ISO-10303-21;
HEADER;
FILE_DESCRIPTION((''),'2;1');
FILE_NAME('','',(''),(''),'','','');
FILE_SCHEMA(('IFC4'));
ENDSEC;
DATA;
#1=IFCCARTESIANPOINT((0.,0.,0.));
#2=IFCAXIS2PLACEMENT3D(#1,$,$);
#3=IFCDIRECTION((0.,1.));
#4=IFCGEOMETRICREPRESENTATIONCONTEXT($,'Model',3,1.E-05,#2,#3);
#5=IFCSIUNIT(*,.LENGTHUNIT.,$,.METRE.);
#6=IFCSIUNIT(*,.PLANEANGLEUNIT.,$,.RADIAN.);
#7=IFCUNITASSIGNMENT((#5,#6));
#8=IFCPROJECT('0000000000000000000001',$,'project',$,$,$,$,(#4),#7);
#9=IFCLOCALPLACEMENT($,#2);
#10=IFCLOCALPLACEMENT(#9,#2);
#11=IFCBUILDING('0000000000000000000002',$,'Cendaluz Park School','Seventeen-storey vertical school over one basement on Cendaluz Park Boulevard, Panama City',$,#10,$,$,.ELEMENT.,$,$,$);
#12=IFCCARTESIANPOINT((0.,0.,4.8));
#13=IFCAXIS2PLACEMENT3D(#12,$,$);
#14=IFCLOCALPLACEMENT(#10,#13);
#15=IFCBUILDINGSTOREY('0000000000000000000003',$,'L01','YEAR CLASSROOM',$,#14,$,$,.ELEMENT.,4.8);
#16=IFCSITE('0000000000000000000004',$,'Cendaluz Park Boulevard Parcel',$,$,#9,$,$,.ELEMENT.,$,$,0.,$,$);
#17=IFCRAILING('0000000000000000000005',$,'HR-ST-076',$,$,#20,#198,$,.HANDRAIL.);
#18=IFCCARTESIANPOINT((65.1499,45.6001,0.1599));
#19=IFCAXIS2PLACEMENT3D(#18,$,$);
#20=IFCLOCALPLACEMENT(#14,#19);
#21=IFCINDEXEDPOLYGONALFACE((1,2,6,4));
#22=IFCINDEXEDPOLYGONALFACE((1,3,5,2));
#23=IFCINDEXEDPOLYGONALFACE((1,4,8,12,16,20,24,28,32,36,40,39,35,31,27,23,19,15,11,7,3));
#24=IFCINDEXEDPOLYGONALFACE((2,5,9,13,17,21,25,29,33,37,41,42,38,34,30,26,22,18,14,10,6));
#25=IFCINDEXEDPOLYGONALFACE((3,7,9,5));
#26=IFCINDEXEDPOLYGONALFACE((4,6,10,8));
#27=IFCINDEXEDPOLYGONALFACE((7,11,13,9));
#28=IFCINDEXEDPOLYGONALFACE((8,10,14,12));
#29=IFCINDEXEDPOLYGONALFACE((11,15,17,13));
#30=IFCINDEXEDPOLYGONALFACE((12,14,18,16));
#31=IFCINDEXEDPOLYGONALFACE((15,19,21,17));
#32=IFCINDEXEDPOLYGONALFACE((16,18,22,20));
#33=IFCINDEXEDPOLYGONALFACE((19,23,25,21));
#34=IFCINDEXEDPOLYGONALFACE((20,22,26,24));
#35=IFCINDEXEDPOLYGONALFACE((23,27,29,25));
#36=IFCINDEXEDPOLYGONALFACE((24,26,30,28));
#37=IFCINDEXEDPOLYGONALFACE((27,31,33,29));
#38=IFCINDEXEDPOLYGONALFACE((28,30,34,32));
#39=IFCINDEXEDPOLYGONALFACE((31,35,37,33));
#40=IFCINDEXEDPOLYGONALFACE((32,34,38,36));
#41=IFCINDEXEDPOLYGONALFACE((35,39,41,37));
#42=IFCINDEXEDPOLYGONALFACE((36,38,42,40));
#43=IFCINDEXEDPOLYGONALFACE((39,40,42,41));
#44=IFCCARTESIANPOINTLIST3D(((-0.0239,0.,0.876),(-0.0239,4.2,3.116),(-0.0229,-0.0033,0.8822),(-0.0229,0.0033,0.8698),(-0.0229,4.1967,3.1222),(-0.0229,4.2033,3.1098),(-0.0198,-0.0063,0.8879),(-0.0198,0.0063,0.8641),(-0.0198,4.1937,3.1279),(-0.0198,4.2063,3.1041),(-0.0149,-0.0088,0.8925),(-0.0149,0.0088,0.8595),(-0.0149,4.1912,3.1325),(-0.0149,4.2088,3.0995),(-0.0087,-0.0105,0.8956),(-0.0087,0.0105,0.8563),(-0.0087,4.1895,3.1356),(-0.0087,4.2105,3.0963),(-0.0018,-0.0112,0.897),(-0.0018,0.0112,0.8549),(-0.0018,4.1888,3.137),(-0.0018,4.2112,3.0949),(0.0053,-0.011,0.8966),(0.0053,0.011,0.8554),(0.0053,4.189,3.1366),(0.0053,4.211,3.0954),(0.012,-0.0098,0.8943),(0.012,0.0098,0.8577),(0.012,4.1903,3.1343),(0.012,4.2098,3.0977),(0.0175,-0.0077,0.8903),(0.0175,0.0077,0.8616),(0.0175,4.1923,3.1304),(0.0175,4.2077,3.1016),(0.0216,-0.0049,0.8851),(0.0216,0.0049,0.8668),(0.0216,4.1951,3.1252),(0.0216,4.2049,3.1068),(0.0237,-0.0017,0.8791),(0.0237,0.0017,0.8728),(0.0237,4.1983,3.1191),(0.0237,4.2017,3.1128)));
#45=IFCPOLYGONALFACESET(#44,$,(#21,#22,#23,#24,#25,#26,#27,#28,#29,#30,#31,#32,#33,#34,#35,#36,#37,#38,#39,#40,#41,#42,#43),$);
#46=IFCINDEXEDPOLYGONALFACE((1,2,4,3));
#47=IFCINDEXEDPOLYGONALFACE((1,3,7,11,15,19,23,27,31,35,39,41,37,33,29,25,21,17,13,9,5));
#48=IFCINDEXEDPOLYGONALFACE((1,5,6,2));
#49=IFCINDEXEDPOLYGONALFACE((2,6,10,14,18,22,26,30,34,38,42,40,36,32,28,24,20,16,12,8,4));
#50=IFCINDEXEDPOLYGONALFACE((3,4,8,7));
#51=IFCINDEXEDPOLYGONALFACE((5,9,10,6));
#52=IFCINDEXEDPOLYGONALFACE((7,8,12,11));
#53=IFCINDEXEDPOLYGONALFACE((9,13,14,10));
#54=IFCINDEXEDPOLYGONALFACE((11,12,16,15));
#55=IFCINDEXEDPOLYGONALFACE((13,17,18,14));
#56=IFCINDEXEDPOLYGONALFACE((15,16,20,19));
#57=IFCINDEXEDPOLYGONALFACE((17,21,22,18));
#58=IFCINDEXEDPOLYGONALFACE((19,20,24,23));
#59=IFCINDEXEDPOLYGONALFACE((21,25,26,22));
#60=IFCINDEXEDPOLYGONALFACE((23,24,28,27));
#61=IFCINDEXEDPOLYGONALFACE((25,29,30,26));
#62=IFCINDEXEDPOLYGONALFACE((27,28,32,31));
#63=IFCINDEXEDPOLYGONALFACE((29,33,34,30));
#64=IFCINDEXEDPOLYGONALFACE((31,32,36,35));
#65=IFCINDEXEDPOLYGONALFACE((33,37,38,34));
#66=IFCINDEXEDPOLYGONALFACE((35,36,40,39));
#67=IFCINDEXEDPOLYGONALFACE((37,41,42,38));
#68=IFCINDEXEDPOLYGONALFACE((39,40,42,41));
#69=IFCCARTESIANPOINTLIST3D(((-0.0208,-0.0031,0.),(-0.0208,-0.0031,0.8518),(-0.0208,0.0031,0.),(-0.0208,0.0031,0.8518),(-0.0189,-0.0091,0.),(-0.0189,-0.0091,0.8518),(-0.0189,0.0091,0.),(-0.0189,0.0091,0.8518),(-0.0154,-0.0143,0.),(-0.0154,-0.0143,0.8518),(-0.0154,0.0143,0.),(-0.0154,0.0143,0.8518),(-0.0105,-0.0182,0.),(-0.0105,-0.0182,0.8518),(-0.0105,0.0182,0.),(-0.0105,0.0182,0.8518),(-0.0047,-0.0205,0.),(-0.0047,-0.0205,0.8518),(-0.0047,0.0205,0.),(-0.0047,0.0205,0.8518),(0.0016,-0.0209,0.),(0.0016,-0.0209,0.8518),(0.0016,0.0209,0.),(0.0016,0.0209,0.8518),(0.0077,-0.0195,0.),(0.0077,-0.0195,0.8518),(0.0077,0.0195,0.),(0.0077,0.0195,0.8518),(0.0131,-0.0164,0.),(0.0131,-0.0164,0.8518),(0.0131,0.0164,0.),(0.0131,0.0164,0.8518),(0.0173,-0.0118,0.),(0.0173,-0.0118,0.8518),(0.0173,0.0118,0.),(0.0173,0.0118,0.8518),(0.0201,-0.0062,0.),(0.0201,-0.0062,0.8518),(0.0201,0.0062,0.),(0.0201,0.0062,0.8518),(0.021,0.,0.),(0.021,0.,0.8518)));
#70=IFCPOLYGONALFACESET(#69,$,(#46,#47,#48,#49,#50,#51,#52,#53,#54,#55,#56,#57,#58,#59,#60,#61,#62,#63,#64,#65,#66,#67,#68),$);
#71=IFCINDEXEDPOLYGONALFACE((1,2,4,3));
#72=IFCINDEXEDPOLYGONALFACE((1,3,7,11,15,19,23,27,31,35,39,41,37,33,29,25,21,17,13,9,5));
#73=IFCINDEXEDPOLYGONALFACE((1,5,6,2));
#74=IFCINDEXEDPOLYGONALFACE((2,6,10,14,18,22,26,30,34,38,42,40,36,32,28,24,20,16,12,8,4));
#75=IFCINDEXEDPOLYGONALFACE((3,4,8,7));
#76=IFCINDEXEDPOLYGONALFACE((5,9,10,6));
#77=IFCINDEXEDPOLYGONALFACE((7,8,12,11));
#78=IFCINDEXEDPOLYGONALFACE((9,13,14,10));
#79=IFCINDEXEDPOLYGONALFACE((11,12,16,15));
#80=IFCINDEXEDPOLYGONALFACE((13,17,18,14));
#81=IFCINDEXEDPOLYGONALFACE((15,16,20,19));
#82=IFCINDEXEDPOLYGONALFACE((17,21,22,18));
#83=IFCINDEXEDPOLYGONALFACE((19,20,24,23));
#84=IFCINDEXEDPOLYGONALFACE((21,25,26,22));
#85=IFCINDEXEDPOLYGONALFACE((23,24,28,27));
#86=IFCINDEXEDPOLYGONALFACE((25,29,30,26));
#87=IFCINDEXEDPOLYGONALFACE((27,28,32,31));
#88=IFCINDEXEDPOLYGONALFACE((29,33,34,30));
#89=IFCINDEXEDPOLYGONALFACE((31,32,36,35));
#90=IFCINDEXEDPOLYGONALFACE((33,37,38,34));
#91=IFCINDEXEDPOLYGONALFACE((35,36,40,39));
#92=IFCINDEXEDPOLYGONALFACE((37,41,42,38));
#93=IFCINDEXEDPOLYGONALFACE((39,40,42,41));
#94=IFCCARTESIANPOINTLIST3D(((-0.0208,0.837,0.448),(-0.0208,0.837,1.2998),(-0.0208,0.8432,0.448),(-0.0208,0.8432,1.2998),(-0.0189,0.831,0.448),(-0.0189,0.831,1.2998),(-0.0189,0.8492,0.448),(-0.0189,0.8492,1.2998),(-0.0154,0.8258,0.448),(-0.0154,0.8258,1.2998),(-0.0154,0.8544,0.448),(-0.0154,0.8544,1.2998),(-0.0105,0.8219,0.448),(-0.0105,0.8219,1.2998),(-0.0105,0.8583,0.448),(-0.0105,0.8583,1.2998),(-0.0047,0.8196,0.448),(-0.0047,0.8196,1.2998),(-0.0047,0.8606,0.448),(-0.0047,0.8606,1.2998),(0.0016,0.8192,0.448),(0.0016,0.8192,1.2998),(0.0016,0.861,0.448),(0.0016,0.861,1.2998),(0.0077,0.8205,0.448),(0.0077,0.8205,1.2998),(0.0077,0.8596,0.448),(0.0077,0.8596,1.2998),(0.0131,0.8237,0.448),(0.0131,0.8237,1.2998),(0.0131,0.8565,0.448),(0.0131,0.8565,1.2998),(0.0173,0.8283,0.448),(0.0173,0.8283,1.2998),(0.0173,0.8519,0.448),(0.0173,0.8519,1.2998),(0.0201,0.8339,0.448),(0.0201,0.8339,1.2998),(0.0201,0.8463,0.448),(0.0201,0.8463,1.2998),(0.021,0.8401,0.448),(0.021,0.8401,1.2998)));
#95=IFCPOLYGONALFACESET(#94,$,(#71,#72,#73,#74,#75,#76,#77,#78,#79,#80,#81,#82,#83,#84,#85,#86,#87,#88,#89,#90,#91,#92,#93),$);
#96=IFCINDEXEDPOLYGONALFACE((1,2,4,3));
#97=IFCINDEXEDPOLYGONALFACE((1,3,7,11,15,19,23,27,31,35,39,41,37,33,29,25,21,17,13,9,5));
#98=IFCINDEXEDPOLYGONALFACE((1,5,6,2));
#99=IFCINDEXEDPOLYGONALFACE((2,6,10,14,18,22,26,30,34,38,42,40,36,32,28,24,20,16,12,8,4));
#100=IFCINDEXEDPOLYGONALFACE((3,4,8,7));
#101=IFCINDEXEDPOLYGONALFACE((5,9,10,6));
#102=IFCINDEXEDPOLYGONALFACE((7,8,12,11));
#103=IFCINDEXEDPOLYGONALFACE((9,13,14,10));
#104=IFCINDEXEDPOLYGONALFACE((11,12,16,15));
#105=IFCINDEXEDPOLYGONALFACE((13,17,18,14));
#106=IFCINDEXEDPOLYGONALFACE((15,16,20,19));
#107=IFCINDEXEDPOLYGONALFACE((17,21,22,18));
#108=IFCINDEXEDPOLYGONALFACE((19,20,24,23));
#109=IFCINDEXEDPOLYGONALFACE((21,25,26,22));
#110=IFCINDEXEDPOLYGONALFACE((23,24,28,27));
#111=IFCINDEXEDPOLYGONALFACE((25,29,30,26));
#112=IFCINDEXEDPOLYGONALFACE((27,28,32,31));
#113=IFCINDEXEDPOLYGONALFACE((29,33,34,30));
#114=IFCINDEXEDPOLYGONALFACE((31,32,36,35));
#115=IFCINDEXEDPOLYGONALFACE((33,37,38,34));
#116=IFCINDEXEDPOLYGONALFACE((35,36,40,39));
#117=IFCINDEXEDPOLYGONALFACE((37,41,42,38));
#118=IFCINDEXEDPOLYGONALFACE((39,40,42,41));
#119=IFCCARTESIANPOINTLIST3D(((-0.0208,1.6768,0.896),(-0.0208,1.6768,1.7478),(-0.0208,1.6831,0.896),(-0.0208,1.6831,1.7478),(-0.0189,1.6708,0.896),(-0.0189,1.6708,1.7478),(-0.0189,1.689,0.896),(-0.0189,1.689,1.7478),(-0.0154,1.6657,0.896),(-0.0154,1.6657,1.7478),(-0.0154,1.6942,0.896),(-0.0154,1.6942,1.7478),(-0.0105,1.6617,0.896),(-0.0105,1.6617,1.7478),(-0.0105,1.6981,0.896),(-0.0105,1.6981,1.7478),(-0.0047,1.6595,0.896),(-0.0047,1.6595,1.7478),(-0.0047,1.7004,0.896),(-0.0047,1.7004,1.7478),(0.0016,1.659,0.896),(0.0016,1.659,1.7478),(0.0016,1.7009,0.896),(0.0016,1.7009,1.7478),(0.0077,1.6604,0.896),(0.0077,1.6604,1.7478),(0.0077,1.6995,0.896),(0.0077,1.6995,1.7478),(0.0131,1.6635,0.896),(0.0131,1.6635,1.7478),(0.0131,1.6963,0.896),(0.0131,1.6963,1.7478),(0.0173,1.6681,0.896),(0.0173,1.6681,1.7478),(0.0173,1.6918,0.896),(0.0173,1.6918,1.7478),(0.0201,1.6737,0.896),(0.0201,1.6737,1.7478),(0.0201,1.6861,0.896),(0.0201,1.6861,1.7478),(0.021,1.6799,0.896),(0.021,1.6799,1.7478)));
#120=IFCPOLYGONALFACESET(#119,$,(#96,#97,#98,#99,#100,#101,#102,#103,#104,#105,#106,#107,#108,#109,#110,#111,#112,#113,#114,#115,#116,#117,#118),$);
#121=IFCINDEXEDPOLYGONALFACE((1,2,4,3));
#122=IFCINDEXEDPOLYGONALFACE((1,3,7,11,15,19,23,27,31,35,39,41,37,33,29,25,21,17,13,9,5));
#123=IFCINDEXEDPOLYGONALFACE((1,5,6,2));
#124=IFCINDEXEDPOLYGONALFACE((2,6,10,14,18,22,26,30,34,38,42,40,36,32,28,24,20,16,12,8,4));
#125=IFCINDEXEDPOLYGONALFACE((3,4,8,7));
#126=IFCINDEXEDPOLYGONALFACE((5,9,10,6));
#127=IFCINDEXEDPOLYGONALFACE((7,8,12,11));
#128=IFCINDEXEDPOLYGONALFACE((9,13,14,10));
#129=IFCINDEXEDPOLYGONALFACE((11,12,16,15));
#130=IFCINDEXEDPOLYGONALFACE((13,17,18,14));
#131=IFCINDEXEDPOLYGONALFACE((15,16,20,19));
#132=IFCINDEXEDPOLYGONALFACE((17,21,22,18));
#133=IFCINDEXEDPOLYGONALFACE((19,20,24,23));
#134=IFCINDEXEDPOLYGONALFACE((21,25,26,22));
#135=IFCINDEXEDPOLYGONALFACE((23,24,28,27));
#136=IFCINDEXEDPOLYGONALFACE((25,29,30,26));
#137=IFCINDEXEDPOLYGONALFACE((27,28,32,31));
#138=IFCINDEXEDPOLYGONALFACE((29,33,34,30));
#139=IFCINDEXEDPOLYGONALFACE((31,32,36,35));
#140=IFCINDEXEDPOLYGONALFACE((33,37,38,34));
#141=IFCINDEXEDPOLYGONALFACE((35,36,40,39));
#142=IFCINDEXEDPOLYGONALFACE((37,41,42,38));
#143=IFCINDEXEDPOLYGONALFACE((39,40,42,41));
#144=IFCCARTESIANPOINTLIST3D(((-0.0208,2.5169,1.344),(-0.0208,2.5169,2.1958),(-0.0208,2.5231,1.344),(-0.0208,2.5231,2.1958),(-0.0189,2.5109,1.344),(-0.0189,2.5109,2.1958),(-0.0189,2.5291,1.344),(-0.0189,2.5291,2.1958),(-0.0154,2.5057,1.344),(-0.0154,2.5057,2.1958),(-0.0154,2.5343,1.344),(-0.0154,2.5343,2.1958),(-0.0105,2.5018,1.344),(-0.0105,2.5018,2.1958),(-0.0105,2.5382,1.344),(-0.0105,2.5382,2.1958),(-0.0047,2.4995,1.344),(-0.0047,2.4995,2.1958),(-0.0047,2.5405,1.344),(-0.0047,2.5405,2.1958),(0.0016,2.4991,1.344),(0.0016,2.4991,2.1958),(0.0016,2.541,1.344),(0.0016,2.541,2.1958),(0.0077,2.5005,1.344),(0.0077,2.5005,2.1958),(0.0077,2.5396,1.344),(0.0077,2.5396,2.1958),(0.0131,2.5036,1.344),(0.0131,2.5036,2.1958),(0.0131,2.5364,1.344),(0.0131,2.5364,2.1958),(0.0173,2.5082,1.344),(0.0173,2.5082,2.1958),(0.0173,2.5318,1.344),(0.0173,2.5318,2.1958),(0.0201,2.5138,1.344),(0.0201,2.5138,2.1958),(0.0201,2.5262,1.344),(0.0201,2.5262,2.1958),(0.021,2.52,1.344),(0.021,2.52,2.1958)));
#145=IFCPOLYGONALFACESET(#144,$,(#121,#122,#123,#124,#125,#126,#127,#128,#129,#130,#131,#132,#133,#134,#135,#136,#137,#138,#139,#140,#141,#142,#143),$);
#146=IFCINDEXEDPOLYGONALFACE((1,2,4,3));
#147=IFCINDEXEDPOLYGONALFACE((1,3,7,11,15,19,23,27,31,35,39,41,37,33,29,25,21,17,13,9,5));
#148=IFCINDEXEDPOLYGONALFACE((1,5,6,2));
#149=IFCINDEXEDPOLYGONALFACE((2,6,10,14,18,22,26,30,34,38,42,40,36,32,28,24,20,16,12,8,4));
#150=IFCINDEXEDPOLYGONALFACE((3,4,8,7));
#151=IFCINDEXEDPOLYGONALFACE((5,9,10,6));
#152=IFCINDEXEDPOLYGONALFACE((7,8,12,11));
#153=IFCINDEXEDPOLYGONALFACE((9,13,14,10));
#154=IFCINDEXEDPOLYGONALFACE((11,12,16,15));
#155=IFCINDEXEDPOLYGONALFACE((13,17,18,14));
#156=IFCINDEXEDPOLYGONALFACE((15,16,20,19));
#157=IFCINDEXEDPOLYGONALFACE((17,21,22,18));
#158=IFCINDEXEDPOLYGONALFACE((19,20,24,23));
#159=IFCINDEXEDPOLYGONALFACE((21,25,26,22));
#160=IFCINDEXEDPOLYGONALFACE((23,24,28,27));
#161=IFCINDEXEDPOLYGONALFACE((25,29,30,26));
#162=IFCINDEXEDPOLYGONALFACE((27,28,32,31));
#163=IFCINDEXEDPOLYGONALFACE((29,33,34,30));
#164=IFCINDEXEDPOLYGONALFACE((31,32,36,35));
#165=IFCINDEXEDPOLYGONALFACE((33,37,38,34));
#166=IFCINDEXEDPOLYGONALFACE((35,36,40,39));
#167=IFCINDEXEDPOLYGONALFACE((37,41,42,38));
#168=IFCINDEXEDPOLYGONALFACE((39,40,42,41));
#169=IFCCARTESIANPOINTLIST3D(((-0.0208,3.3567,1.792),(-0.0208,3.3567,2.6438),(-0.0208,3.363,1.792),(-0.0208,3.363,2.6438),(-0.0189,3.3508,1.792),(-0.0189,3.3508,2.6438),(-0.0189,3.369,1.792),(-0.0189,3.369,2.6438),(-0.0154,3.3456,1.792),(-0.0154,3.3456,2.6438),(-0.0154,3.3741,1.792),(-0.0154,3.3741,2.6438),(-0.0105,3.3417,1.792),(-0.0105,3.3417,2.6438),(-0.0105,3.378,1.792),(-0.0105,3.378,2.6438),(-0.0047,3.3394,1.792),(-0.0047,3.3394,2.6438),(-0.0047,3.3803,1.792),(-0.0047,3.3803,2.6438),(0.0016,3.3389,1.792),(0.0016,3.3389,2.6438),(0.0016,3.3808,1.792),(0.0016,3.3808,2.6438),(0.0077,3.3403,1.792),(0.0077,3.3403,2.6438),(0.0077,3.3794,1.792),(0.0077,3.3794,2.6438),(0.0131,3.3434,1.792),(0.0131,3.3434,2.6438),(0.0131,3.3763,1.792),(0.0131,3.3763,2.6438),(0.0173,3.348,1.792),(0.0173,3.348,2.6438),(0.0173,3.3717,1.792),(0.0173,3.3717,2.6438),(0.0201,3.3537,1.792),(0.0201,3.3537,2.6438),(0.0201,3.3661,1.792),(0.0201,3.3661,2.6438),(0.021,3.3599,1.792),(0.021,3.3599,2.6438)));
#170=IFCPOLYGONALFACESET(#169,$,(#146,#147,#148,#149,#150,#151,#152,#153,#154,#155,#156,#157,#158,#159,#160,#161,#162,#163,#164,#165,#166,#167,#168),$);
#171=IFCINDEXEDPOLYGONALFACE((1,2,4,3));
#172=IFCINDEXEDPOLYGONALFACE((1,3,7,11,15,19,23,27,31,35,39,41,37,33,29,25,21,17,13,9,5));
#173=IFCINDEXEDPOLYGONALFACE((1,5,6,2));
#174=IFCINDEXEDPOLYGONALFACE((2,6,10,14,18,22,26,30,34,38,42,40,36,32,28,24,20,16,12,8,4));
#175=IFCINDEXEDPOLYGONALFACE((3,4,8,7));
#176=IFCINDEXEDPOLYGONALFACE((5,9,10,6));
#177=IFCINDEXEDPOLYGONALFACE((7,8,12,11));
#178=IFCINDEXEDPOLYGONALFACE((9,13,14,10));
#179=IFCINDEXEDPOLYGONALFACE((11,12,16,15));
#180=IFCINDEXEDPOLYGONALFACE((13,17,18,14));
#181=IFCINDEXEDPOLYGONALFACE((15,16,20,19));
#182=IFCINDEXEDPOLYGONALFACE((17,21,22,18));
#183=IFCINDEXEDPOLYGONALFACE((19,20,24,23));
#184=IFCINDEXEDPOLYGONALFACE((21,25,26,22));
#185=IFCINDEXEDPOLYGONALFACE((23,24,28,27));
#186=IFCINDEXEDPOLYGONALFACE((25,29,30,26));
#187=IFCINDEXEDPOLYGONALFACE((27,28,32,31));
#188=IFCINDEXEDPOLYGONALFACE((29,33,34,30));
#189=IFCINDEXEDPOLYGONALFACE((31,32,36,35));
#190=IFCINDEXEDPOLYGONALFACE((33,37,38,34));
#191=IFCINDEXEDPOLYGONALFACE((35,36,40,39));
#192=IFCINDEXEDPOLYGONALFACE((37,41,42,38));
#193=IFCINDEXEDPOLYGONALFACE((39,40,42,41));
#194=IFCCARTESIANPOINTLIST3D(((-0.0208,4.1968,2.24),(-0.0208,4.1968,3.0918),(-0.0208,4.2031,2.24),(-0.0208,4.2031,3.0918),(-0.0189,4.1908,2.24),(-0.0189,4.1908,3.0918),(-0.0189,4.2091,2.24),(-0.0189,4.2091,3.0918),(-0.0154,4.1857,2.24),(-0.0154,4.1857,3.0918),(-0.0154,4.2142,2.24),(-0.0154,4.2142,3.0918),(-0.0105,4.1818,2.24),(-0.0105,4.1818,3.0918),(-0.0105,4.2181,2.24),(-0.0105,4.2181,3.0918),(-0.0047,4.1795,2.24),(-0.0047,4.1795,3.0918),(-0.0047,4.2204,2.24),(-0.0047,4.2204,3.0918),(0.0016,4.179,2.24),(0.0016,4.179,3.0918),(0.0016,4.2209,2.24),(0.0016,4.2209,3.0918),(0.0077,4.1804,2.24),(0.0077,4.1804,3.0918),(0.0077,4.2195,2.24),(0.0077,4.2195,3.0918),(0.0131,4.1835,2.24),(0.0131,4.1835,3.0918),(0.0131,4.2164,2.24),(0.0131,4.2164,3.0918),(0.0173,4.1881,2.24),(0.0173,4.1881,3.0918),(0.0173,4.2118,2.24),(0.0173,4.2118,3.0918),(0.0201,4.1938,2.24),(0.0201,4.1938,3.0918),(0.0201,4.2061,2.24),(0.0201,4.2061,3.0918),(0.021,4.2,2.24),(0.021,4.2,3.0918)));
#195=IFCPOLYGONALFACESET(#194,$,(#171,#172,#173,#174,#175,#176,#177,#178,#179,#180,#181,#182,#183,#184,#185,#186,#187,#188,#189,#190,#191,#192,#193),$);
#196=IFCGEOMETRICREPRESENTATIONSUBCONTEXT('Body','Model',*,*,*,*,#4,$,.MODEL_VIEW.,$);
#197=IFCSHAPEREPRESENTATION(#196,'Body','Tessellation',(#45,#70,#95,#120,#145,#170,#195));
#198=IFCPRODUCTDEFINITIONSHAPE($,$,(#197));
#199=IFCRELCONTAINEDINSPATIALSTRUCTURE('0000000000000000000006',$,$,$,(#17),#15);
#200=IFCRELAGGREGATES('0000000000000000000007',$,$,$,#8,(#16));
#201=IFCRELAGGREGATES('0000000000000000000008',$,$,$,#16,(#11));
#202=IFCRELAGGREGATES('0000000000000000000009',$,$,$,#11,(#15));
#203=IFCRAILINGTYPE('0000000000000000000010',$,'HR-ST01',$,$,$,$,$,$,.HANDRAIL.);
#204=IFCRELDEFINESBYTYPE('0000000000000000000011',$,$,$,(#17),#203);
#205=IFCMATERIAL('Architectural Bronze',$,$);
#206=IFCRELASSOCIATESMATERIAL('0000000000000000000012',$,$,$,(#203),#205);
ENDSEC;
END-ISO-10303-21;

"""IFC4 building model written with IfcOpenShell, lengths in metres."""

from ifc_helpers import new_model, si_unit, direction, frame, origin, origin_2d, place, context, subcontext, project, spatial, circle, extrude, material, type_object, element, save


model = new_model("IFC4")

# Units and contexts
model_context = context("Model", 3, precision=1e-05, world=origin(), true_north=direction((0.0, 1.0)))
body_context = subcontext(model_context, "Body", "Model", "MODEL_VIEW")
ifc_project = project(units=[si_unit("LENGTHUNIT", "METRE"), si_unit("PLANEANGLEUNIT", "RADIAN")], contexts=[model_context])

# Site, building, storey
site_placement = place(None, origin())
site = spatial("IfcSite", under=ifc_project, at=site_placement, Name="Cendaluz Park Boulevard Parcel", CompositionType="ELEMENT", RefElevation=0.0)
building_placement = place(site_placement, origin())
building = spatial("IfcBuilding", under=site, at=building_placement, Name="Cendaluz Park School", Description="Seventeen-storey vertical school over one basement on Cendaluz Park Boulevard, Panama City", CompositionType="ELEMENT")
storey_placement = place(building_placement, frame((0.0, 0.0, 4.8)))
storey = spatial("IfcBuildingStorey", under=building, at=storey_placement, Name="L01", Description="YEAR CLASSROOM", CompositionType="ELEMENT", Elevation=4.8)

# Railing
ifc_material_1 = material(Name="Architectural Bronze")
railing_type_1 = type_object("IfcRailingType", Name="HR-ST01", PredefinedType="HANDRAIL", material=ifc_material_1)
railing_1_placement = place(storey_placement, frame((65.1499, 45.6001, 0.1599)))
element("IfcRailing", 1, at=railing_1_placement, inside=storey, type_object=railing_type_1, Name="HR-ST-076", PredefinedType="HANDRAIL", context=body_context, shape_type="SweptSolid", body=[
    extrude(circle(Radius=0.0239, at=origin_2d()), frame((0.0, 0.0, 0.876), z_axis=(0.0, 0.882352, 0.470591), x_axis=(-1.0, 0.0, 0.0)), (0.0, 0.0, 1.0), 4.76),
    extrude(circle(Radius=0.021, at=origin_2d()), origin(), (0.0, 0.0, 1.0), 0.8518),
    extrude(circle(Radius=0.021, at=origin_2d()), frame((0.0, 0.8401, 0.448)), (0.0, 0.0, 1.0), 0.8518),
    extrude(circle(Radius=0.021, at=origin_2d()), frame((0.0, 1.6799, 0.896)), (0.0, 0.0, 1.0), 0.8518),
    extrude(circle(Radius=0.021, at=origin_2d()), frame((0.0, 2.52, 1.344)), (0.0, 0.0, 1.0), 0.8518),
    extrude(circle(Radius=0.021, at=origin_2d()), frame((0.0, 3.3599, 1.792)), (0.0, 0.0, 1.0), 0.8518),
    extrude(circle(Radius=0.021, at=origin_2d()), frame((0.0, 4.2, 2.24)), (0.0, 0.0, 1.0), 0.8518),
])

save(model, "model.ifc")
